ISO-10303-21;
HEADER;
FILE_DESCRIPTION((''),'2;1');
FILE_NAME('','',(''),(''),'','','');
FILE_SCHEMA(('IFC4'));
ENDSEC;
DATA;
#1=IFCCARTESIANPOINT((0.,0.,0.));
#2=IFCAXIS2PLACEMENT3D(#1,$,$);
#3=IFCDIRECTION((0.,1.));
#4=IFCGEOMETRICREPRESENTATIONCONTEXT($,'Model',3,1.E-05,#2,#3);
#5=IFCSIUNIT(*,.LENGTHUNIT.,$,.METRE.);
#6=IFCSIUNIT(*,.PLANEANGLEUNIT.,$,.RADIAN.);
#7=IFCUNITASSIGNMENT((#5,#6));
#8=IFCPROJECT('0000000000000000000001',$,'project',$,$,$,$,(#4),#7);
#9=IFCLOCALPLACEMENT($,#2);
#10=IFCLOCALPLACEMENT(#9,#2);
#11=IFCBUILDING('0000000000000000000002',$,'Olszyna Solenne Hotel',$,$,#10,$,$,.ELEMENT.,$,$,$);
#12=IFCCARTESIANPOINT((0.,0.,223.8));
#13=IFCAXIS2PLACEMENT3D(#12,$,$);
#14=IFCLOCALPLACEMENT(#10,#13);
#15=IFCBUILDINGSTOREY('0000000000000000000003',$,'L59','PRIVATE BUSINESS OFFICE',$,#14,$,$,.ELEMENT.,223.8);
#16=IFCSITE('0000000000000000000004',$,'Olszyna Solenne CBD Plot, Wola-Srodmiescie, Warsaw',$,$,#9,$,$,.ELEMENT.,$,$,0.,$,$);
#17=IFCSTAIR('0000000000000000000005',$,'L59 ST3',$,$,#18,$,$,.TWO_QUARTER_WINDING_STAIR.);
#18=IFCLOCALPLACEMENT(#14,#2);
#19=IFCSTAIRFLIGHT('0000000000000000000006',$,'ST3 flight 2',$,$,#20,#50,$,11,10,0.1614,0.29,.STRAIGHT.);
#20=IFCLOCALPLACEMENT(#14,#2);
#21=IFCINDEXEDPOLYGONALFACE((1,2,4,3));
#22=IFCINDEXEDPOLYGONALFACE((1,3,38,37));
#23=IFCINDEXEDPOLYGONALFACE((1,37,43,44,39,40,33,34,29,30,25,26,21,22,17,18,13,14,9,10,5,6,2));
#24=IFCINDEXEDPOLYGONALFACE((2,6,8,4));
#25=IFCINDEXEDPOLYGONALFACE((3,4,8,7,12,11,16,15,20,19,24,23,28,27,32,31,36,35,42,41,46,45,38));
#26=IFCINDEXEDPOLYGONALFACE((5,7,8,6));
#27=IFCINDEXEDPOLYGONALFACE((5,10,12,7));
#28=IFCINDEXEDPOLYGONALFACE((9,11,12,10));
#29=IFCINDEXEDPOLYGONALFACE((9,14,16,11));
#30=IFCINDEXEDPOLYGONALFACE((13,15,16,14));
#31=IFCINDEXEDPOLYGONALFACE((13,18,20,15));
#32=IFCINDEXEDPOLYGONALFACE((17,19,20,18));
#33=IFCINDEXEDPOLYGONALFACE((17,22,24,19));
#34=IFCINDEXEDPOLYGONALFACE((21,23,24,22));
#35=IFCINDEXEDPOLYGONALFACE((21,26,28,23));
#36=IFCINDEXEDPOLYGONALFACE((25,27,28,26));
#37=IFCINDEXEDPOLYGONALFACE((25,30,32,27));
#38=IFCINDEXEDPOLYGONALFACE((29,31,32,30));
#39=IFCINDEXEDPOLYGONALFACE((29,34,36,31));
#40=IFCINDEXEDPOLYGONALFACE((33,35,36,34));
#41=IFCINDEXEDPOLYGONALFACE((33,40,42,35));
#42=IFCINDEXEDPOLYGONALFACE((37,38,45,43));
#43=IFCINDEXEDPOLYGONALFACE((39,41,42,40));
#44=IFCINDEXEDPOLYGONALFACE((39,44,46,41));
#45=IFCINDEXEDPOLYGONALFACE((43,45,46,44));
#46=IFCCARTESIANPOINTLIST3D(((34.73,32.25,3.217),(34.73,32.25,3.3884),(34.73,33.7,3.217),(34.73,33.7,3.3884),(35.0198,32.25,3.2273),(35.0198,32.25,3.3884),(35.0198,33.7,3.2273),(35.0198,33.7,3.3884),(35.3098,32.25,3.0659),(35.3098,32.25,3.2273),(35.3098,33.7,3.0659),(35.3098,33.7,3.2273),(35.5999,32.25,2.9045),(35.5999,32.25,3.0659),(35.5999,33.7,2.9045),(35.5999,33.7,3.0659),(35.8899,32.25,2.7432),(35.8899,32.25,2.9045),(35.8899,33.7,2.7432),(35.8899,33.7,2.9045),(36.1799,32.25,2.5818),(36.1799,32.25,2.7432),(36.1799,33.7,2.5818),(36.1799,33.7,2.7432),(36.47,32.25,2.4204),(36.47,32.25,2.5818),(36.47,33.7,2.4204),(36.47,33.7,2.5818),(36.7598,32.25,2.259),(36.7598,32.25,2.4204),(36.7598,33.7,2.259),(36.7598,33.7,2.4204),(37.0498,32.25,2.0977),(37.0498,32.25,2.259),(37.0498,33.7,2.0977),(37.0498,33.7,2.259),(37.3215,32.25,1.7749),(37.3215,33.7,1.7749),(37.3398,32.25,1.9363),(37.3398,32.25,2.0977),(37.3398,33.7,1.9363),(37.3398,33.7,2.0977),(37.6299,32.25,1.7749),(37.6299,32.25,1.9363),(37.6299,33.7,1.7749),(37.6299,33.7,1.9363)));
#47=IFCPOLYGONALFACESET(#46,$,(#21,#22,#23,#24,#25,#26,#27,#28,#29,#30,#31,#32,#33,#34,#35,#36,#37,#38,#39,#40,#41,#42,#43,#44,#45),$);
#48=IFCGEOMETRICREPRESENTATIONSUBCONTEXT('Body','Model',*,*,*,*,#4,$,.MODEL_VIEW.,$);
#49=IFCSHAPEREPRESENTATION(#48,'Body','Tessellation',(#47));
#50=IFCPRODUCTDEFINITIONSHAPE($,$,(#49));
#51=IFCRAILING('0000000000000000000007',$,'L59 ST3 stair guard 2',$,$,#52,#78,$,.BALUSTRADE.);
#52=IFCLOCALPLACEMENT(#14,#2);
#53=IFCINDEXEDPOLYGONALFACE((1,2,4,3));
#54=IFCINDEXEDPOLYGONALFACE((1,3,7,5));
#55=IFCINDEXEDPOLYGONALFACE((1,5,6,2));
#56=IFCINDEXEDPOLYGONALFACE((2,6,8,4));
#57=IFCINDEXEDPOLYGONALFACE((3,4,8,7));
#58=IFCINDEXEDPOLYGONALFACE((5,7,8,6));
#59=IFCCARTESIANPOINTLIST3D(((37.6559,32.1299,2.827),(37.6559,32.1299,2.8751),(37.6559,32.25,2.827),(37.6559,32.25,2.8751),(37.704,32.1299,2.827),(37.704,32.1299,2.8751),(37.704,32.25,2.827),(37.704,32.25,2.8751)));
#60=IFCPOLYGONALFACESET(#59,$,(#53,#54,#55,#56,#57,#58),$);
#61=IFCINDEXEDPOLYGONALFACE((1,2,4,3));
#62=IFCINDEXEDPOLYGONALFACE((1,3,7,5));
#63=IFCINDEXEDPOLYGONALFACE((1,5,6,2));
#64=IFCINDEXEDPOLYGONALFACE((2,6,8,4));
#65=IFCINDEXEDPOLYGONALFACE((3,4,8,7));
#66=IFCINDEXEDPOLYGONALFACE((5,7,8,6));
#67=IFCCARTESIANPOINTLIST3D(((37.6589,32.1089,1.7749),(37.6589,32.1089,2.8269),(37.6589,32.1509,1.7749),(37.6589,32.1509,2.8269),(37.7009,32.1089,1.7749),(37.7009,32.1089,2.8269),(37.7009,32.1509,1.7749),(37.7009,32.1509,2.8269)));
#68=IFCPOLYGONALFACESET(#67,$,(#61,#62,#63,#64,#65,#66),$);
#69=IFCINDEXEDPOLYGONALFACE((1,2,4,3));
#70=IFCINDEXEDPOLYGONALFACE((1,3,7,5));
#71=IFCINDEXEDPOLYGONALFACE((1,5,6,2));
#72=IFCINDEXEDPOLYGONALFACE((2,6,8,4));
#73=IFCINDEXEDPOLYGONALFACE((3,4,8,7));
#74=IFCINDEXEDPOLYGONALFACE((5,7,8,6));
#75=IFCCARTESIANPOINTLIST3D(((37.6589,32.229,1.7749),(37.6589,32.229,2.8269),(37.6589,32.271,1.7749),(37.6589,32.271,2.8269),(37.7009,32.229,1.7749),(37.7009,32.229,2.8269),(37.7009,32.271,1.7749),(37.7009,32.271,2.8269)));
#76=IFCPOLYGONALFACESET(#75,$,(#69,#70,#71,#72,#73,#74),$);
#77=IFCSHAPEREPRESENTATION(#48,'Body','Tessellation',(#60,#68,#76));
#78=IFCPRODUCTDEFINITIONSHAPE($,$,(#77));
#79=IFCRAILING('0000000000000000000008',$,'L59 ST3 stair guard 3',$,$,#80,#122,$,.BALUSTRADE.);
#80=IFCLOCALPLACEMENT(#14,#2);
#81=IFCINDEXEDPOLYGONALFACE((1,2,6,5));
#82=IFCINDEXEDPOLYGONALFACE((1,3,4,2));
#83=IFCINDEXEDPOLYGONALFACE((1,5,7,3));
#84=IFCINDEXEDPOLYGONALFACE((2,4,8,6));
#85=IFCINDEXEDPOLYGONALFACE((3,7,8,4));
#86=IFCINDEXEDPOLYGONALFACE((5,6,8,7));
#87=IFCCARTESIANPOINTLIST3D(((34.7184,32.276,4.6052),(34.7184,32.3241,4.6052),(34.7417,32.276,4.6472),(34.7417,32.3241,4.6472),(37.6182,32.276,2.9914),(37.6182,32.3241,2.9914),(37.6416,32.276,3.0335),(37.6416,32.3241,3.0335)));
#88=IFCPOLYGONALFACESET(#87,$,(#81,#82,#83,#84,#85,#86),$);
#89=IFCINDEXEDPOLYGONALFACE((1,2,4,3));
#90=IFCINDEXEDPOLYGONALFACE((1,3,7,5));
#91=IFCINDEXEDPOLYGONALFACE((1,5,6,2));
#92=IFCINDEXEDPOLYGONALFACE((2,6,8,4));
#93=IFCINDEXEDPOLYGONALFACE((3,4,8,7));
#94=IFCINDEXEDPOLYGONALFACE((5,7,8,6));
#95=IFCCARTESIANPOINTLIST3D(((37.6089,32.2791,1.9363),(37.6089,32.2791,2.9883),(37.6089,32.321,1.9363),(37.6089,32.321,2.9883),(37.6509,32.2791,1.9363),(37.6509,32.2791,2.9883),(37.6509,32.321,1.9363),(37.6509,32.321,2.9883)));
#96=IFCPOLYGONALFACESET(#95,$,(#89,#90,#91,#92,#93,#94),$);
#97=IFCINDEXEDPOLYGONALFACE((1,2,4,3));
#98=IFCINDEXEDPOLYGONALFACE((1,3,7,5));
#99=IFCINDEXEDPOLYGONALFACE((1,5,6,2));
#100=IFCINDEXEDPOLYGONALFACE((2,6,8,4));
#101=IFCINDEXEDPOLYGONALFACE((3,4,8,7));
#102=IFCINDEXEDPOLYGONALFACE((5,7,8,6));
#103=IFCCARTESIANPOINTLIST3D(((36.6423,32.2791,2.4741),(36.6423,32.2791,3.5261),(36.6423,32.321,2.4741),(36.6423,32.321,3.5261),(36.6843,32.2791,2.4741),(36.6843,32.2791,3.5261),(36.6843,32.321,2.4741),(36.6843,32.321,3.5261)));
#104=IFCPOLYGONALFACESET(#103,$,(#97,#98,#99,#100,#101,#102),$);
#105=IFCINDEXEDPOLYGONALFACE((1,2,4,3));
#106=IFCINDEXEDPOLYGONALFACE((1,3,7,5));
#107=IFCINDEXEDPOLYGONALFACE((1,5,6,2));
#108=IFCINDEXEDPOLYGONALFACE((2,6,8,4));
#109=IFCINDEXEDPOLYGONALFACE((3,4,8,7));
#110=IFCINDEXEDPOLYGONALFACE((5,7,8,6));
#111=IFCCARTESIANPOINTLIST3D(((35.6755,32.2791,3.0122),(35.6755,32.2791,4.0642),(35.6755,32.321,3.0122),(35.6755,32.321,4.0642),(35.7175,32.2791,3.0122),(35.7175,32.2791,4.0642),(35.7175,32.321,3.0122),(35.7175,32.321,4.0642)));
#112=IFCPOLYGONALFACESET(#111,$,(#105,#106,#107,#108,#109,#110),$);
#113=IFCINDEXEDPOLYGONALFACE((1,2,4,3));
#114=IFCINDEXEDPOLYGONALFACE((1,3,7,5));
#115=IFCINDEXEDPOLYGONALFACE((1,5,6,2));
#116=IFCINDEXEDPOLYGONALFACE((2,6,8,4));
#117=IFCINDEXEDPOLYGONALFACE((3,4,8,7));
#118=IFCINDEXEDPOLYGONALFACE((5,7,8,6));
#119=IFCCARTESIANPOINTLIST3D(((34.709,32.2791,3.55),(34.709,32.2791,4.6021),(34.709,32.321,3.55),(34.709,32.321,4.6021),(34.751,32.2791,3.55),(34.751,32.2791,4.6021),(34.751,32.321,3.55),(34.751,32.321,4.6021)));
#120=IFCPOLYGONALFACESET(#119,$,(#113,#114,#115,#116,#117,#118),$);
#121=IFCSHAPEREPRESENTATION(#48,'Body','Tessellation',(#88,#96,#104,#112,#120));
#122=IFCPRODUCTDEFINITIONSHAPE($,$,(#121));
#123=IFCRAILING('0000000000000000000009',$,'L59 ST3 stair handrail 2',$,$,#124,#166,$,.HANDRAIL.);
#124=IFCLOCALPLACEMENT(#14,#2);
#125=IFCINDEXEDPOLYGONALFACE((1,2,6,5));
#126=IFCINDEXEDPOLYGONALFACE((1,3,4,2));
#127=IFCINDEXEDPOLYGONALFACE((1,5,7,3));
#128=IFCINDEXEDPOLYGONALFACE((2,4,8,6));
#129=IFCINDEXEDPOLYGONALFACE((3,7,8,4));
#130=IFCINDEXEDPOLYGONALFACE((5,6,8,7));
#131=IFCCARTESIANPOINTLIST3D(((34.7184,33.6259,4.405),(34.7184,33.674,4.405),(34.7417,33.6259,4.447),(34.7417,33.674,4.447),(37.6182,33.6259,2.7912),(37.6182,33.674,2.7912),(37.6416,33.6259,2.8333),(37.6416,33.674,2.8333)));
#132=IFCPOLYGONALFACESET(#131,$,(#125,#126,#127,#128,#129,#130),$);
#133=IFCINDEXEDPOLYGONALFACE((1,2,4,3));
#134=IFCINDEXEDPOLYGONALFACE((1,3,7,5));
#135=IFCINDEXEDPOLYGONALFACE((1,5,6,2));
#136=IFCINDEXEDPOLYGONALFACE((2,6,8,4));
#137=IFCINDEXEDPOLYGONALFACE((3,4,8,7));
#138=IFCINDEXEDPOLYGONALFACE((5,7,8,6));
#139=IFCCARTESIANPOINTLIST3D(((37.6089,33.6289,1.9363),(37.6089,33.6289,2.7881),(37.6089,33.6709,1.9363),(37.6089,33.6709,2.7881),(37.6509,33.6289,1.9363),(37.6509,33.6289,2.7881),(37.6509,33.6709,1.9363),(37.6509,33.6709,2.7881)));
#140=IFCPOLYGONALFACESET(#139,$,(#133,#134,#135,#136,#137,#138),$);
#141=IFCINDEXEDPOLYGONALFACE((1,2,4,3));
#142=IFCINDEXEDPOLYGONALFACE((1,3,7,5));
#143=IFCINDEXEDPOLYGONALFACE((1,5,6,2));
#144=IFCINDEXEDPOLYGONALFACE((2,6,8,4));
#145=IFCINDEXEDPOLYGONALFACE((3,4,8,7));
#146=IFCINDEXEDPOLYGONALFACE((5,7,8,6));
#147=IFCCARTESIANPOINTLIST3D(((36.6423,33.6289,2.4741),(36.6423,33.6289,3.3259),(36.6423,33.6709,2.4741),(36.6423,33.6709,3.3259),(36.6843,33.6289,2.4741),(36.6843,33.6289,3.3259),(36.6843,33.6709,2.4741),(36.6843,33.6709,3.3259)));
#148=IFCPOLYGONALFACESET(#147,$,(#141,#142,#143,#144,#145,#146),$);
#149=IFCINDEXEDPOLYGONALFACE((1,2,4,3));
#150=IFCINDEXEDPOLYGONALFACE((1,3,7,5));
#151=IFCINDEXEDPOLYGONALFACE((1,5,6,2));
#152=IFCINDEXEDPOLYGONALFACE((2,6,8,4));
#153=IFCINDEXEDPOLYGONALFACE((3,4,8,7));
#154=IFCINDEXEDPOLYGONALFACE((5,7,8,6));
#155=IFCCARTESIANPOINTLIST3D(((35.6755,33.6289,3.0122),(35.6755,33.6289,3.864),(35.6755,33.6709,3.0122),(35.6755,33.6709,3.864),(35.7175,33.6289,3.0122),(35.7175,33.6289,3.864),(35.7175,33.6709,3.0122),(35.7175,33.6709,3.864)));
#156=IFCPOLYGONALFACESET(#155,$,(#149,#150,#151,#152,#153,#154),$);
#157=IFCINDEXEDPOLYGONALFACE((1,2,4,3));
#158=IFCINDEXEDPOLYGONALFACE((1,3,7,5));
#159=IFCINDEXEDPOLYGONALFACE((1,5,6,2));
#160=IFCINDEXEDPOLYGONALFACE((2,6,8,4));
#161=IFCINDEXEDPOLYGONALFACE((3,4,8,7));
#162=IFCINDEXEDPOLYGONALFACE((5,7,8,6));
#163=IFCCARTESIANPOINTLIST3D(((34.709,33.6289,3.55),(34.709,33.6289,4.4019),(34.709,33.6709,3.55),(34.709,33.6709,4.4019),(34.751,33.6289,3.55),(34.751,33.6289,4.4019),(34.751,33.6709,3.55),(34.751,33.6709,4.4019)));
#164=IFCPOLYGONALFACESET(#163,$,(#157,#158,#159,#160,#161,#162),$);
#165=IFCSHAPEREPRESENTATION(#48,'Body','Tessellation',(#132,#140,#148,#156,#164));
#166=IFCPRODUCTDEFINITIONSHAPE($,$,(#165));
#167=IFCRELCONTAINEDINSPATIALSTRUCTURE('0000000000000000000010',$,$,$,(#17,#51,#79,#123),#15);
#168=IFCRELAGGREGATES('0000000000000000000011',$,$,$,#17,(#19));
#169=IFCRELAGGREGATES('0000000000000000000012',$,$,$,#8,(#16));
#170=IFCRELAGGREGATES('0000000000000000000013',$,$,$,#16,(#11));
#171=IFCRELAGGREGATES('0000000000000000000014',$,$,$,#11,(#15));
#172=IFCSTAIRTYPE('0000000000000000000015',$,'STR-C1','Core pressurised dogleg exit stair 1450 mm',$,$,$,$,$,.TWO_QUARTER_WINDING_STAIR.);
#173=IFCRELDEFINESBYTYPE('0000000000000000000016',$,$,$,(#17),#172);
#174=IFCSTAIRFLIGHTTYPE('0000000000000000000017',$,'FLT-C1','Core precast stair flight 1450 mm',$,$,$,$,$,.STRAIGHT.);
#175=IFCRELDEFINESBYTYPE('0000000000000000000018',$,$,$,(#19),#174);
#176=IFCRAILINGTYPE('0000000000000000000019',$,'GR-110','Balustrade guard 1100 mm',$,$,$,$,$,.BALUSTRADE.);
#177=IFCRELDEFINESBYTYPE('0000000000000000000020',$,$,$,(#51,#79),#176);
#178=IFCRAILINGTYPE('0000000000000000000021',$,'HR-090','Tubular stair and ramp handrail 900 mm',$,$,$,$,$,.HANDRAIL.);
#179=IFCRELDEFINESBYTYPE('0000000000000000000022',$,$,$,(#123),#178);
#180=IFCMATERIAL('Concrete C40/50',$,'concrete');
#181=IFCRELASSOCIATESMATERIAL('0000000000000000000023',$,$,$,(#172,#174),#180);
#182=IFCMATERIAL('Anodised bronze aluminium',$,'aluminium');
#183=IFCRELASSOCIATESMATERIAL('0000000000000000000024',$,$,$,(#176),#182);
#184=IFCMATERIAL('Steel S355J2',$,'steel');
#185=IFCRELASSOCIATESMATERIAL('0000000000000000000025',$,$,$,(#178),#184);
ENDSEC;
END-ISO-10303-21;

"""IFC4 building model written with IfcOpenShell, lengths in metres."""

from ifc_helpers import new_model, si_unit, direction, frame, origin, origin_2d, place, context, subcontext, project, spatial, polyline, rectangle, outline, extrude, material, type_object, element, aggregate, save


model = new_model("IFC4")

# Units and contexts
model_context = context("Model", 3, precision=1e-05, world=origin(), true_north=direction((0.0, 1.0)))
body_context = subcontext(model_context, "Body", "Model", "MODEL_VIEW")
ifc_project = project(units=[si_unit("LENGTHUNIT", "METRE"), si_unit("PLANEANGLEUNIT", "RADIAN")], contexts=[model_context])

# Site, building, storey
site_placement = place(None, origin())
site = spatial("IfcSite", under=ifc_project, at=site_placement, Name="Olszyna Solenne CBD Plot, Wola-Srodmiescie, Warsaw", CompositionType="ELEMENT", RefElevation=0.0)
building_placement = place(site_placement, origin())
building = spatial("IfcBuilding", under=site, at=building_placement, Name="Olszyna Solenne Hotel", CompositionType="ELEMENT")
storey_placement = place(building_placement, frame((0.0, 0.0, 223.8)))
storey = spatial("IfcBuildingStorey", under=building, at=storey_placement, Name="L59", Description="PRIVATE BUSINESS OFFICE", CompositionType="ELEMENT", Elevation=223.8)

# Shared definitions
ifc_material_1 = material(Name="Steel S355J2", Category="steel")

# Stair, stair flight
ifc_material_2 = material(Name="Concrete C40/50", Category="concrete")
stair_type = type_object("IfcStairType", Name="STR-C1", Description="Core pressurised dogleg exit stair 1450 mm", PredefinedType="TWO_QUARTER_WINDING_STAIR", material=ifc_material_2)
stair_placement = place(storey_placement, origin())
stair = element("IfcStair", 1, at=stair_placement, inside=storey, type_object=stair_type, Name="L59 ST3", PredefinedType="TWO_QUARTER_WINDING_STAIR")
stair_flight_type = type_object("IfcStairFlightType", Name="FLT-C1", Description="Core precast stair flight 1450 mm", PredefinedType="STRAIGHT", material=ifc_material_2)
stair_flight_placement = place(storey_placement, frame((37.6299, 32.9751, 1.7749), z_axis=(0.0, 0.0, 1.0), x_axis=(-1.0, 0.0, 0.0)))
stair_flight = element("IfcStairFlight", 2, at=stair_flight_placement, type_object=stair_flight_type, Name="ST3 flight 2", NumberOfRisers=11, NumberOfTreads=10, PredefinedType="STRAIGHT", RiserHeight=0.1614, TreadLength=0.29, context=body_context, shape_type="SweptSolid", body=[
    extrude(outline(polyline([(0.0, 0.0), (0.0, 0.1614), (0.29, 0.1614), (0.29, 0.3228), (0.5801, 0.3228), (0.5801, 0.4841), (0.8701, 0.4841), (0.8701, 0.6455), (1.1599, 0.6455), (1.1599, 0.8069), (1.45, 0.8069), (1.45, 0.9683), (1.74, 0.9683), (1.74, 1.1296), (2.03, 1.1296), (2.03, 1.291), (2.3201, 1.291), (2.3201, 1.4524), (2.6101, 1.4524), (2.6101, 1.6135), (2.8999, 1.6135), (2.8999, 1.7749), (2.8999, 1.4421), (0.3083, 0.0), (0.0, 0.0)])), frame((0.0, 0.7251, 0.0), z_axis=(0.0, -1.0, 0.0), x_axis=(1.0, 0.0, 0.0)), (0.0, 0.0, 1.0), 1.45),
])
aggregate(stair, [stair_flight])

# Railings
ifc_material_3 = material(Name="Anodised bronze aluminium", Category="aluminium")
railing_type_1 = type_object("IfcRailingType", Name="GR-110", Description="Balustrade guard 1100 mm", PredefinedType="BALUSTRADE", material=ifc_material_3)
railing_1_placement = place(storey_placement, frame((37.6799, 32.1299, 1.7749)))
element("IfcRailing", 3, at=railing_1_placement, inside=storey, type_object=railing_type_1, Name="L59 ST3 stair guard 2", PredefinedType="BALUSTRADE", context=body_context, shape_type="SweptSolid", body=[
    extrude(rectangle(XDim=0.0481, YDim=0.0481, at=origin_2d()), frame((0.0, 0.0, 1.0762), z_axis=(0.0, 1.0, 0.0), x_axis=(-1.0, 0.0, 0.0)), (0.0, 0.0, 1.0), 0.1201),
    extrude(rectangle(XDim=0.042, YDim=0.042, at=origin_2d()), origin(), (0.0, 0.0, 1.0), 1.052),
    extrude(rectangle(XDim=0.042, YDim=0.042, at=origin_2d()), frame((0.0, 0.1201, 0.0)), (0.0, 0.0, 1.0), 1.052),
])
railing_2_placement = place(storey_placement, frame((37.6299, 32.3, 1.9363)))
element("IfcRailing", 4, at=railing_2_placement, inside=storey, type_object=railing_type_1, Name="L59 ST3 stair guard 3", PredefinedType="BALUSTRADE", context=body_context, shape_type="SweptSolid", body=[
    extrude(rectangle(XDim=0.0481, YDim=0.0481, at=origin_2d()), frame((0.0, 0.0, 1.0762), z_axis=(-0.87381, 0.0, 0.486267), x_axis=(0.0, -1.0, 0.0)), (0.0, 0.0, 1.0), 3.3186),
    extrude(rectangle(XDim=0.042, YDim=0.042, at=origin_2d()), origin(), (0.0, 0.0, 1.0), 1.052),
    extrude(rectangle(XDim=0.042, YDim=0.042, at=origin_2d()), frame((-0.9666, 0.0, 0.5378)), (0.0, 0.0, 1.0), 1.052),
    extrude(rectangle(XDim=0.042, YDim=0.042, at=origin_2d()), frame((-1.9333, 0.0, 1.0759)), (0.0, 0.0, 1.0), 1.052),
    extrude(rectangle(XDim=0.042, YDim=0.042, at=origin_2d()), frame((-2.8999, 0.0, 1.6138)), (0.0, 0.0, 1.0), 1.052),
])
railing_type_2 = type_object("IfcRailingType", Name="HR-090", Description="Tubular stair and ramp handrail 900 mm", PredefinedType="HANDRAIL", material=ifc_material_1)
railing_3_placement = place(storey_placement, frame((37.6299, 33.6499, 1.9363)))
element("IfcRailing", 5, at=railing_3_placement, inside=storey, type_object=railing_type_2, Name="L59 ST3 stair handrail 2", PredefinedType="HANDRAIL", context=body_context, shape_type="SweptSolid", body=[
    extrude(rectangle(XDim=0.0481, YDim=0.0481, at=origin_2d()), frame((0.0, 0.0, 0.876), z_axis=(-0.87381, 0.0, 0.486267), x_axis=(0.0, -1.0, 0.0)), (0.0, 0.0, 1.0), 3.3186),
    extrude(rectangle(XDim=0.042, YDim=0.042, at=origin_2d()), origin(), (0.0, 0.0, 1.0), 0.8518),
    extrude(rectangle(XDim=0.042, YDim=0.042, at=origin_2d()), frame((-0.9666, 0.0, 0.5378)), (0.0, 0.0, 1.0), 0.8518),
    extrude(rectangle(XDim=0.042, YDim=0.042, at=origin_2d()), frame((-1.9333, 0.0, 1.0759)), (0.0, 0.0, 1.0), 0.8518),
    extrude(rectangle(XDim=0.042, YDim=0.042, at=origin_2d()), frame((-2.8999, 0.0, 1.6138)), (0.0, 0.0, 1.0), 0.8518),
])

save(model, "model.ifc")
